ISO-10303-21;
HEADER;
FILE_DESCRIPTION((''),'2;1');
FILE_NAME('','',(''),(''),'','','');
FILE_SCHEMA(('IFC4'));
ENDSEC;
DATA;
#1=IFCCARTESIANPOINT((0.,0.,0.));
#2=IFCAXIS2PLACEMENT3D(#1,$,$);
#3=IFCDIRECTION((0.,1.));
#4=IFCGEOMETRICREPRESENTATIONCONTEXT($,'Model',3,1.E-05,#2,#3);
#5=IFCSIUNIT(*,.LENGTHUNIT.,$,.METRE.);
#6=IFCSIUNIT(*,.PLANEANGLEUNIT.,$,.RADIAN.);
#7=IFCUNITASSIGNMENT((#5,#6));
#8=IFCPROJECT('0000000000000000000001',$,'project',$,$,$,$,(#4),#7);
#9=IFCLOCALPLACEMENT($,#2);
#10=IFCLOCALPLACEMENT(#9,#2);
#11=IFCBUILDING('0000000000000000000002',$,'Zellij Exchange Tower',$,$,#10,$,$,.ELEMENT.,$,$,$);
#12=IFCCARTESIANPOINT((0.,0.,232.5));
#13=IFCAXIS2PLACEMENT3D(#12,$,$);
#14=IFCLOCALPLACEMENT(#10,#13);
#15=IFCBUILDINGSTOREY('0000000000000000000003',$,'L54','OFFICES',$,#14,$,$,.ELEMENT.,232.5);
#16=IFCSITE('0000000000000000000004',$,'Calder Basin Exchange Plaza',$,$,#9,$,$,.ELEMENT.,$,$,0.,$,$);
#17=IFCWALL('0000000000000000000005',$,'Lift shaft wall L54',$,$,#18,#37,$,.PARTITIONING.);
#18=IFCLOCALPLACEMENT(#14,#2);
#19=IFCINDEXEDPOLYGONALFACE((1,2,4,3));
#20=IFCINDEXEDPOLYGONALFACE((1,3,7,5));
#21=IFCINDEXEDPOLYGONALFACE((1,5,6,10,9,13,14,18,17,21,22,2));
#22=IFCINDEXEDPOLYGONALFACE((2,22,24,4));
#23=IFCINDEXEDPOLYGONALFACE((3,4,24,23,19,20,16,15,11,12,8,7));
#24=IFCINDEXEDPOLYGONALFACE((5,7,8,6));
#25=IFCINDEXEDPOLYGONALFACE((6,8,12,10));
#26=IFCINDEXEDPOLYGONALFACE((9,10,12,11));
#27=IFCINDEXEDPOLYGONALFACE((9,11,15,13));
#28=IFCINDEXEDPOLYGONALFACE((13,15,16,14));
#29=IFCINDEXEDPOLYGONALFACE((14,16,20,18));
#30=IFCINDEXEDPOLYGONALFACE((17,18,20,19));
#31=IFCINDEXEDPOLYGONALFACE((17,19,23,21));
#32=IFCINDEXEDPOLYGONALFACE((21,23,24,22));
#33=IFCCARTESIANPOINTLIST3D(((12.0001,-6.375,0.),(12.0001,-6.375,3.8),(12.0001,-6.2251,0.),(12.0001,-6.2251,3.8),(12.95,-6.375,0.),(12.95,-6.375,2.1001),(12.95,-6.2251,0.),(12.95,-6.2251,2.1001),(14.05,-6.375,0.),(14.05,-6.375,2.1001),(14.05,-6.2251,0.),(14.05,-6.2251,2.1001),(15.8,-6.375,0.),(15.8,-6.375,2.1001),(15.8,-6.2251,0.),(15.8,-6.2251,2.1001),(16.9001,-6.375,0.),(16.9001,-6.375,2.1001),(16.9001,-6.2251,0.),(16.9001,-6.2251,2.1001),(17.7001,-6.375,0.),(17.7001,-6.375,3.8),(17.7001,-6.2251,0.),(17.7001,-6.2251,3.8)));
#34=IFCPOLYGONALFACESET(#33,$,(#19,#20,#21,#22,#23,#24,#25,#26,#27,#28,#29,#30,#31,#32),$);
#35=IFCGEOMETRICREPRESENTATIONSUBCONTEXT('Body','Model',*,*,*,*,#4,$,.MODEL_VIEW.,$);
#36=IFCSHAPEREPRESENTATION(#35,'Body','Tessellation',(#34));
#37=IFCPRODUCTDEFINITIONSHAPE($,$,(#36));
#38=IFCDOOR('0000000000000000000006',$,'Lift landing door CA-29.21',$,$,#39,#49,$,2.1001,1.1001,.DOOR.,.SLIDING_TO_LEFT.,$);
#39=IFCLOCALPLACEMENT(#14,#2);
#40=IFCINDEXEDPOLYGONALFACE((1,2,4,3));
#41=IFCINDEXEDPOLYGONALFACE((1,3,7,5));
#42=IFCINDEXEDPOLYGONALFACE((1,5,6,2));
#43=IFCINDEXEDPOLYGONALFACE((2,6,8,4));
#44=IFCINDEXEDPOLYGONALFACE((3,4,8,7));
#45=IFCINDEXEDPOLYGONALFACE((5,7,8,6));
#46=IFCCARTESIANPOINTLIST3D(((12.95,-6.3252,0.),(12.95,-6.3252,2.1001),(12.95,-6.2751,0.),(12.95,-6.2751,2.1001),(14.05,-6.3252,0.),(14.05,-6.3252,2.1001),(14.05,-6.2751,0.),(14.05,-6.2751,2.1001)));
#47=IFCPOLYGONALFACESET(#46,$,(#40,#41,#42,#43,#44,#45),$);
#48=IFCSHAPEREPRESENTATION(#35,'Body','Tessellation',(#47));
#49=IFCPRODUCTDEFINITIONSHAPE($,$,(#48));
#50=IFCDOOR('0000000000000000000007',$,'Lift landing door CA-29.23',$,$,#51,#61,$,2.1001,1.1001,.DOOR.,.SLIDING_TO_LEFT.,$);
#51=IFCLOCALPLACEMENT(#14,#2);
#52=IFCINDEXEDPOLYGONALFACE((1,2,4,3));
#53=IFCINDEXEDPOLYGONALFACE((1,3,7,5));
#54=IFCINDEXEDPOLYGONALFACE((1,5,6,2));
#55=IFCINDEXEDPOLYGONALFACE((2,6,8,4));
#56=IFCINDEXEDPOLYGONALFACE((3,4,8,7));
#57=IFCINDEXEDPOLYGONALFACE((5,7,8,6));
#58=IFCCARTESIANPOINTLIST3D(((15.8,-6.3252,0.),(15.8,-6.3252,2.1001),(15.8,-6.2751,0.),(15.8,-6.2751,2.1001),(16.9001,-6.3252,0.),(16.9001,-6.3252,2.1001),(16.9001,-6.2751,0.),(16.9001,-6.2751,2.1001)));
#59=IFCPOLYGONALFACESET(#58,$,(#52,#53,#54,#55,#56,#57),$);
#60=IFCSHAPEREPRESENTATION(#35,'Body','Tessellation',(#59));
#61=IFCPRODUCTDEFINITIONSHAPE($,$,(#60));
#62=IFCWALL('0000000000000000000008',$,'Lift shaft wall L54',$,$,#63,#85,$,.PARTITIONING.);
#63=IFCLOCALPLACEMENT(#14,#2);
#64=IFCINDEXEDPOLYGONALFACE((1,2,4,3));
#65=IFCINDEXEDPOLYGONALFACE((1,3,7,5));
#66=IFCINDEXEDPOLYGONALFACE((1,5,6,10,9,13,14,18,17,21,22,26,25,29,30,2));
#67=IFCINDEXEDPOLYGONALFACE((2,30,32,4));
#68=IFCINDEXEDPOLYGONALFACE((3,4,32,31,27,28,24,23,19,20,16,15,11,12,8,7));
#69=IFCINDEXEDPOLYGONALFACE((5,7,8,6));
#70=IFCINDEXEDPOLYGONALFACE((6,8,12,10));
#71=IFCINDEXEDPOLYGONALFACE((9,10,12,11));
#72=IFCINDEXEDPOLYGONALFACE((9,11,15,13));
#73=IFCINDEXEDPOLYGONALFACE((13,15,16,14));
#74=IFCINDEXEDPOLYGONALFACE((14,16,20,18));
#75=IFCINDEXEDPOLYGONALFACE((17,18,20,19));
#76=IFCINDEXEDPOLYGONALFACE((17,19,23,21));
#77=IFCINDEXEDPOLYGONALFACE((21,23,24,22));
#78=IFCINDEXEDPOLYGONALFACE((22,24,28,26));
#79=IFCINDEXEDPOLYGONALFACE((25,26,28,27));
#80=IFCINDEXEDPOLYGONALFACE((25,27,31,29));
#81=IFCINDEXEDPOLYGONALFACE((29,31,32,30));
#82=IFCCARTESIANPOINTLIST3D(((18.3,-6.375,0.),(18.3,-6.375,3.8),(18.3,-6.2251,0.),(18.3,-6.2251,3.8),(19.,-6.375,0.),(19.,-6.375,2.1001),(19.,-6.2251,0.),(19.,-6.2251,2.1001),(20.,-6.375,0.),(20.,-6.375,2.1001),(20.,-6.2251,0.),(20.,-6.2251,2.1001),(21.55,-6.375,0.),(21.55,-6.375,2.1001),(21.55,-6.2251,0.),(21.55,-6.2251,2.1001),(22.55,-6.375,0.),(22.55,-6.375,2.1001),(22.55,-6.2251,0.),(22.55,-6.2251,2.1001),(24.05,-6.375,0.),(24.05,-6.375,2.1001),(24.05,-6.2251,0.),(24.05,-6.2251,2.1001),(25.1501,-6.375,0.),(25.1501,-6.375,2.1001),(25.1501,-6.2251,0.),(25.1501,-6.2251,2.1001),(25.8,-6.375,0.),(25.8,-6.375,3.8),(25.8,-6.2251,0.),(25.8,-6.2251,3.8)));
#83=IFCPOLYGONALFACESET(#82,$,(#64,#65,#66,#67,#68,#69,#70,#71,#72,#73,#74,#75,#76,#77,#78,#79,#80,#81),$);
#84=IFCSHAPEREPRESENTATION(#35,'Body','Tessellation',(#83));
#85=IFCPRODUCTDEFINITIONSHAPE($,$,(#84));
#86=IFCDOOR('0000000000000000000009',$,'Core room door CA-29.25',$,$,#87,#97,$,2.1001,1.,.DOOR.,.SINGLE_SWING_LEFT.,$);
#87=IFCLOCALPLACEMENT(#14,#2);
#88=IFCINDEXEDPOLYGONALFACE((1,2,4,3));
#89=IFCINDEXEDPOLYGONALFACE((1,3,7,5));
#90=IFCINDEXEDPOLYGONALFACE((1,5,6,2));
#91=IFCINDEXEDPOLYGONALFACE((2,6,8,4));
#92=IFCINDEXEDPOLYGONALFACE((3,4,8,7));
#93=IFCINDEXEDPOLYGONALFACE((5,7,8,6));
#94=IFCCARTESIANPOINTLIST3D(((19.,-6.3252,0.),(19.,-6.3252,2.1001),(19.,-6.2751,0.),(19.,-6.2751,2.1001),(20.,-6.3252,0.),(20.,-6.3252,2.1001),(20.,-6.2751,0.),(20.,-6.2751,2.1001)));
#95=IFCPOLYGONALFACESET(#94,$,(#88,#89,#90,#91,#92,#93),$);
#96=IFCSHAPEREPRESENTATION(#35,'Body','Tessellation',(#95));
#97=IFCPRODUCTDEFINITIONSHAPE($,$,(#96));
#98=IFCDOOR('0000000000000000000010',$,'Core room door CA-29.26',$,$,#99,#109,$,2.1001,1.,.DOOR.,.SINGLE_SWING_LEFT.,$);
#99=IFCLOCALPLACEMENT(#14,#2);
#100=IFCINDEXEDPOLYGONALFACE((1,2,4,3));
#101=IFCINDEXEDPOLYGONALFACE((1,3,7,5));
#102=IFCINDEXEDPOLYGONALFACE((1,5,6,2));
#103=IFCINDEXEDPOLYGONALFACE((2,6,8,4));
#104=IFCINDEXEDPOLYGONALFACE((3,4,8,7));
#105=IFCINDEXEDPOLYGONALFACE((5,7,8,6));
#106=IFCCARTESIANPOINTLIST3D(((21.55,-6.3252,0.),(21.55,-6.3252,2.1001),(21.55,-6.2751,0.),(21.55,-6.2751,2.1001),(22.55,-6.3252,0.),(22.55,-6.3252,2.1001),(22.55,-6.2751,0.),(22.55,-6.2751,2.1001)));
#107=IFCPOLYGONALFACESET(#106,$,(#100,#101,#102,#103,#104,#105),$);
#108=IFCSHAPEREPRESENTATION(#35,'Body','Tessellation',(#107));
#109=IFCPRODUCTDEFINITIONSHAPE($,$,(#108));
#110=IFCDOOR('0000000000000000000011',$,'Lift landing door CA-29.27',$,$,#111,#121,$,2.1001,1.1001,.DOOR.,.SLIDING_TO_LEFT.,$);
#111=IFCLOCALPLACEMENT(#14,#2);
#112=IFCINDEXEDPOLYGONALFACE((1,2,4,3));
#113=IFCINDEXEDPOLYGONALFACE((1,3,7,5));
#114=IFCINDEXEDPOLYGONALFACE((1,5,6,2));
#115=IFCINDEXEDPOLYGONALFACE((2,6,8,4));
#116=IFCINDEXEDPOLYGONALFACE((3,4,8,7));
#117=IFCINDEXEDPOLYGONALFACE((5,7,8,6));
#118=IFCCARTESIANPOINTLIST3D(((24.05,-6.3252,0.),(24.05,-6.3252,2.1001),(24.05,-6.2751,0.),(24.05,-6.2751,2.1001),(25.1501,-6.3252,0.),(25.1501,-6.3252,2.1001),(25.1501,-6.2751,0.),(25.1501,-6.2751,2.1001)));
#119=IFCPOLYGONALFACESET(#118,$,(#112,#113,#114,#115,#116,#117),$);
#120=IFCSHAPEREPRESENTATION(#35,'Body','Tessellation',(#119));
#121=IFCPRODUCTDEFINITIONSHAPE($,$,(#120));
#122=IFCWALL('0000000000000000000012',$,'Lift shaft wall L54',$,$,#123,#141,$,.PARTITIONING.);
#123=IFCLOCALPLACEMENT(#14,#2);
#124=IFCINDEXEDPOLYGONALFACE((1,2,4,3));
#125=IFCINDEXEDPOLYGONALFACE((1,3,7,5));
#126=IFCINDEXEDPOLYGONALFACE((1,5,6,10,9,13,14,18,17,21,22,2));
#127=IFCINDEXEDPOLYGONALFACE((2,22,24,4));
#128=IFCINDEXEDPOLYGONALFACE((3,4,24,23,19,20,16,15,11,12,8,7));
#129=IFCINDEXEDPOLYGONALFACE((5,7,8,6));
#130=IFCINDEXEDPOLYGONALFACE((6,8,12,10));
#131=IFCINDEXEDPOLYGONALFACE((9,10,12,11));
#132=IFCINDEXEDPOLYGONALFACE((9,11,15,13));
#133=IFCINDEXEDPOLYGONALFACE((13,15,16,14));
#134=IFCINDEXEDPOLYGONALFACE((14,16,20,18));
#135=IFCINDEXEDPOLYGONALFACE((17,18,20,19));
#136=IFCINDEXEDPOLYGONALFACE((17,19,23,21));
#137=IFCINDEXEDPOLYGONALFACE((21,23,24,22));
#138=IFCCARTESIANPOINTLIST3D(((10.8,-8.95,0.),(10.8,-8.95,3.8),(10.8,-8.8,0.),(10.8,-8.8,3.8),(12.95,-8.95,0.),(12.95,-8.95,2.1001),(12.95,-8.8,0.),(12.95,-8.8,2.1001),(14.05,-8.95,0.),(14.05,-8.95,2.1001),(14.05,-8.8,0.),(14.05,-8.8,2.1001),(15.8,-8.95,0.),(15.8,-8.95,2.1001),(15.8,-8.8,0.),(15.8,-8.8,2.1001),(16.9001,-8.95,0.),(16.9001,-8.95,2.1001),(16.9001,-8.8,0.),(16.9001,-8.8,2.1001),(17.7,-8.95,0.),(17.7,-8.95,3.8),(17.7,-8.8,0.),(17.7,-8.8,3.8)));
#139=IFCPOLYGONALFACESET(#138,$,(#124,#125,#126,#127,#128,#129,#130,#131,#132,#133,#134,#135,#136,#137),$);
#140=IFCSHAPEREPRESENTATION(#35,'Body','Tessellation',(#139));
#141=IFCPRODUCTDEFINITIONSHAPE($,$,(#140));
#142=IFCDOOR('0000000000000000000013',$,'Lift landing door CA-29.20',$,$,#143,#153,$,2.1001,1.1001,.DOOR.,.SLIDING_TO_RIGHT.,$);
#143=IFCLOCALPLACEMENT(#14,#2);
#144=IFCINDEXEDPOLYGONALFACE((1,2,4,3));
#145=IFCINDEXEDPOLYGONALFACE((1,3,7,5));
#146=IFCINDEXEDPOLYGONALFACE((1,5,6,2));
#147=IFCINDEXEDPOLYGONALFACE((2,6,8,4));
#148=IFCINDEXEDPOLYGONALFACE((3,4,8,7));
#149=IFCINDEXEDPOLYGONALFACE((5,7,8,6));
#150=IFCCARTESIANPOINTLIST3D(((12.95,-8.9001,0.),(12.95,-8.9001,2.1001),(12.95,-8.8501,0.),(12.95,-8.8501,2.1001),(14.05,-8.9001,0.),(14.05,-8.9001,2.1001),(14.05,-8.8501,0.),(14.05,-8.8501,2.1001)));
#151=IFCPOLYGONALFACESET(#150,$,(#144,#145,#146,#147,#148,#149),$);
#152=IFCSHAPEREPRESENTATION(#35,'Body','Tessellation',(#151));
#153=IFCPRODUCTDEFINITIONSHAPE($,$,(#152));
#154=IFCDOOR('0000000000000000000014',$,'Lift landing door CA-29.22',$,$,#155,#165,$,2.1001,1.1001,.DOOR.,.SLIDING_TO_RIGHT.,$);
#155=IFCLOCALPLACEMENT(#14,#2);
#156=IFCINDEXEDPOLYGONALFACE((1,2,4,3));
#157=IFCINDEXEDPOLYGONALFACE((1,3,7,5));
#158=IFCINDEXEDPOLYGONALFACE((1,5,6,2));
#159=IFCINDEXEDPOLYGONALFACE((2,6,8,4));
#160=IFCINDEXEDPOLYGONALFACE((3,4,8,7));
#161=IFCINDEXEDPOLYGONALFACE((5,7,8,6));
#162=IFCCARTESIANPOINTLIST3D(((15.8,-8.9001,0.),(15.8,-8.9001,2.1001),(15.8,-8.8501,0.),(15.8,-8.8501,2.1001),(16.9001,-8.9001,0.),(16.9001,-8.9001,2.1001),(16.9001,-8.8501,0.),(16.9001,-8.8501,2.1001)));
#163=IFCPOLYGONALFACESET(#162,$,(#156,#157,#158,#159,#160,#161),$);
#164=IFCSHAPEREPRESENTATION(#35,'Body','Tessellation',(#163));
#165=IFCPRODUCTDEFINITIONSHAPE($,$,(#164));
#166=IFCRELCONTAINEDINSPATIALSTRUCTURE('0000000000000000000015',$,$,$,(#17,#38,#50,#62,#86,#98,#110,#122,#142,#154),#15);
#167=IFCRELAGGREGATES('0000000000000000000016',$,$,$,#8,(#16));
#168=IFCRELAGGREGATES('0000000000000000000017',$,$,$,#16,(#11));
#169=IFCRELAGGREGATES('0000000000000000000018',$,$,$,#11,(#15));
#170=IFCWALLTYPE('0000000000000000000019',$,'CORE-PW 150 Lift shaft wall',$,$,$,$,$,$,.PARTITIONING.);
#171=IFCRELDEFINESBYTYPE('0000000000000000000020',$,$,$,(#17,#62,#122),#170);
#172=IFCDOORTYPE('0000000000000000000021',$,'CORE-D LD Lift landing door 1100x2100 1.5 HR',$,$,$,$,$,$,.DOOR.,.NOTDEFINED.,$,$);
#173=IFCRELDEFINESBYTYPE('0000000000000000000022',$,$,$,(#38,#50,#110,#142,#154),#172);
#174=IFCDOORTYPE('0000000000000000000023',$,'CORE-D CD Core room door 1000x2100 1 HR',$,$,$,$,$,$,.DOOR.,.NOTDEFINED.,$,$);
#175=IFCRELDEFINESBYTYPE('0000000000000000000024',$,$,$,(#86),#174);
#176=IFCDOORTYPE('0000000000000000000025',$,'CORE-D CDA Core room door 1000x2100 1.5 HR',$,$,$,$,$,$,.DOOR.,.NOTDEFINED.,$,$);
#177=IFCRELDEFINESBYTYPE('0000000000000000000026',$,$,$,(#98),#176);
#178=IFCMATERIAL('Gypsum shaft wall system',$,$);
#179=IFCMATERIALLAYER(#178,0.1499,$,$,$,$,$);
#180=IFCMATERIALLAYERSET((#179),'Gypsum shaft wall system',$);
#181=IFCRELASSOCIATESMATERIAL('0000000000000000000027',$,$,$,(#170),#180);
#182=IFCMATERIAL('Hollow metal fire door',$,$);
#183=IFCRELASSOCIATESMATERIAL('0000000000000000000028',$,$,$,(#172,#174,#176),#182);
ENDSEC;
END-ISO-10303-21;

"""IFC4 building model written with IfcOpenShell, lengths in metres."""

from ifc_helpers import new_model, si_unit, direction, frame, frame_2d, origin, place, context, subcontext, project, spatial, rectangle, extrude, material, layer, layer_set, type_object, element, fill, save


model = new_model("IFC4")

# Units and contexts
model_context = context("Model", 3, precision=1e-05, world=origin(), true_north=direction((0.0, 1.0)))
body_context = subcontext(model_context, "Body", "Model", "MODEL_VIEW")
ifc_project = project(units=[si_unit("LENGTHUNIT", "METRE"), si_unit("PLANEANGLEUNIT", "RADIAN")], contexts=[model_context])

# Site, building, storey
site_placement = place(None, origin())
site = spatial("IfcSite", under=ifc_project, at=site_placement, Name="Calder Basin Exchange Plaza", CompositionType="ELEMENT", RefElevation=0.0)
building_placement = place(site_placement, origin())
building = spatial("IfcBuilding", under=site, at=building_placement, Name="Zellij Exchange Tower", CompositionType="ELEMENT")
storey_placement = place(building_placement, frame((0.0, 0.0, 232.5)))
storey = spatial("IfcBuildingStorey", under=building, at=storey_placement, Name="L54", Description="OFFICES", CompositionType="ELEMENT", Elevation=232.5)

# Shared definitions
ifc_material_1 = material(Name="Hollow metal fire door")

# Shared definitions
ifc_material_2 = material(Name="Gypsum shaft wall system")
ifc_layer_1 = layer(ifc_material_2, 0.1499)
ifc_layer_set_1 = layer_set([ifc_layer_1], Name="Gypsum shaft wall system")
wall_type_1 = type_object("IfcWallType", Name="CORE-PW 150 Lift shaft wall", PredefinedType="PARTITIONING", material=ifc_layer_set_1)

# Walls, openings, doors
wall_1_placement = place(storey_placement, frame((12.0, -6.3, 0.0), z_axis=(0.0, 0.0, 1.0), x_axis=(1.0, 0.0, 0.0)))
wall_1 = element("IfcWall", 1, at=wall_1_placement, inside=storey, type_object=wall_type_1, Name="Lift shaft wall L54", PredefinedType="PARTITIONING", context=body_context, shape_type="SweptSolid", body=[
    extrude(rectangle(XDim=5.7, YDim=0.1499, at=frame_2d((2.8501, 0.0))), origin(), (0.0, 0.0, 1.0), 3.8),
])
opening_1_placement = place(wall_1_placement, frame((0.95, 0.0, 0.0)))
opening_1 = element("IfcOpeningElement", 2, at=opening_1_placement, cuts=wall_1, PredefinedType="OPENING", context=body_context, shape_type="SweptSolid", body=[
    extrude(rectangle(XDim=1.1001, YDim=2.1001, at=frame_2d((0.55, 1.05))), frame((0.0, 0.0869, 0.0), z_axis=(0.0, -1.0, 0.0), x_axis=(1.0, 0.0, 0.0)), (0.0, 0.0, 1.0), 0.1738),
])
opening_2_placement = place(wall_1_placement, frame((3.8, 0.0, 0.0)))
opening_2 = element("IfcOpeningElement", 3, at=opening_2_placement, cuts=wall_1, PredefinedType="OPENING", context=body_context, shape_type="SweptSolid", body=[
    extrude(rectangle(XDim=1.1001, YDim=2.1001, at=frame_2d((0.55, 1.05))), frame((0.0, 0.0869, 0.0), z_axis=(0.0, -1.0, 0.0), x_axis=(1.0, 0.0, 0.0)), (0.0, 0.0, 1.0), 0.1738),
])
door_type_1 = type_object("IfcDoorType", Name="CORE-D LD Lift landing door 1100x2100 1.5 HR", OperationType="NOTDEFINED", PredefinedType="DOOR", material=ifc_material_1)
door_1_placement = place(opening_1_placement, origin())
door_1 = element("IfcDoor", 4, at=door_1_placement, inside=storey, type_object=door_type_1, Name="Lift landing door CA-29.21", OperationType="SLIDING_TO_LEFT", OverallHeight=2.1001, OverallWidth=1.1001, PredefinedType="DOOR", context=body_context, shape_type="SweptSolid", body=[
    extrude(rectangle(XDim=1.1001, YDim=2.1001, at=frame_2d((0.55, 1.05))), frame((0.0, 0.0249, 0.0), z_axis=(0.0, -1.0, 0.0), x_axis=(1.0, 0.0, 0.0)), (0.0, 0.0, 1.0), 0.05),
])
fill(opening_1, door_1)
door_2_placement = place(opening_2_placement, origin())
door_2 = element("IfcDoor", 5, at=door_2_placement, inside=storey, type_object=door_type_1, Name="Lift landing door CA-29.23", OperationType="SLIDING_TO_LEFT", OverallHeight=2.1001, OverallWidth=1.1001, PredefinedType="DOOR", context=body_context, shape_type="SweptSolid", body=[
    extrude(rectangle(XDim=1.1001, YDim=2.1001, at=frame_2d((0.55, 1.05))), frame((0.0, 0.0249, 0.0), z_axis=(0.0, -1.0, 0.0), x_axis=(1.0, 0.0, 0.0)), (0.0, 0.0, 1.0), 0.05),
])
fill(opening_2, door_2)
wall_2_placement = place(storey_placement, frame((18.3, -6.3, 0.0), z_axis=(0.0, 0.0, 1.0), x_axis=(1.0, 0.0, 0.0)))
wall_2 = element("IfcWall", 6, at=wall_2_placement, inside=storey, type_object=wall_type_1, Name="Lift shaft wall L54", PredefinedType="PARTITIONING", context=body_context, shape_type="SweptSolid", body=[
    extrude(rectangle(XDim=7.5, YDim=0.1499, at=frame_2d((3.75, 0.0))), origin(), (0.0, 0.0, 1.0), 3.8),
])
opening_3_placement = place(wall_2_placement, frame((0.7, 0.0, 0.0)))
opening_3 = element("IfcOpeningElement", 7, at=opening_3_placement, cuts=wall_2, PredefinedType="OPENING", context=body_context, shape_type="SweptSolid", body=[
    extrude(rectangle(XDim=1.0, YDim=2.1001, at=frame_2d((0.5, 1.05))), frame((0.0, 0.0869, 0.0), z_axis=(0.0, -1.0, 0.0), x_axis=(1.0, 0.0, 0.0)), (0.0, 0.0, 1.0), 0.1738),
])
opening_4_placement = place(wall_2_placement, frame((3.25, 0.0, 0.0)))
opening_4 = element("IfcOpeningElement", 8, at=opening_4_placement, cuts=wall_2, PredefinedType="OPENING", context=body_context, shape_type="SweptSolid", body=[
    extrude(rectangle(XDim=1.0, YDim=2.1001, at=frame_2d((0.5, 1.05))), frame((0.0, 0.0869, 0.0), z_axis=(0.0, -1.0, 0.0), x_axis=(1.0, 0.0, 0.0)), (0.0, 0.0, 1.0), 0.1738),
])
opening_5_placement = place(wall_2_placement, frame((5.75, 0.0, 0.0)))
opening_5 = element("IfcOpeningElement", 9, at=opening_5_placement, cuts=wall_2, PredefinedType="OPENING", context=body_context, shape_type="SweptSolid", body=[
    extrude(rectangle(XDim=1.1001, YDim=2.1001, at=frame_2d((0.55, 1.05))), frame((0.0, 0.0869, 0.0), z_axis=(0.0, -1.0, 0.0), x_axis=(1.0, 0.0, 0.0)), (0.0, 0.0, 1.0), 0.1738),
])
door_type_2 = type_object("IfcDoorType", Name="CORE-D CD Core room door 1000x2100 1 HR", OperationType="NOTDEFINED", PredefinedType="DOOR", material=ifc_material_1)
door_3_placement = place(opening_3_placement, origin())
door_3 = element("IfcDoor", 10, at=door_3_placement, inside=storey, type_object=door_type_2, Name="Core room door CA-29.25", OperationType="SINGLE_SWING_LEFT", OverallHeight=2.1001, OverallWidth=1.0, PredefinedType="DOOR", context=body_context, shape_type="SweptSolid", body=[
    extrude(rectangle(XDim=1.0, YDim=2.1001, at=frame_2d((0.5, 1.05))), frame((0.0, 0.0249, 0.0), z_axis=(0.0, -1.0, 0.0), x_axis=(1.0, 0.0, 0.0)), (0.0, 0.0, 1.0), 0.05),
])
fill(opening_3, door_3)
door_type_3 = type_object("IfcDoorType", Name="CORE-D CDA Core room door 1000x2100 1.5 HR", OperationType="NOTDEFINED", PredefinedType="DOOR", material=ifc_material_1)
door_4_placement = place(opening_4_placement, origin())
door_4 = element("IfcDoor", 11, at=door_4_placement, inside=storey, type_object=door_type_3, Name="Core room door CA-29.26", OperationType="SINGLE_SWING_LEFT", OverallHeight=2.1001, OverallWidth=1.0, PredefinedType="DOOR", context=body_context, shape_type="SweptSolid", body=[
    extrude(rectangle(XDim=1.0, YDim=2.1001, at=frame_2d((0.5, 1.05))), frame((0.0, 0.0249, 0.0), z_axis=(0.0, -1.0, 0.0), x_axis=(1.0, 0.0, 0.0)), (0.0, 0.0, 1.0), 0.05),
])
fill(opening_4, door_4)
door_5_placement = place(opening_5_placement, origin())
door_5 = element("IfcDoor", 12, at=door_5_placement, inside=storey, type_object=door_type_1, Name="Lift landing door CA-29.27", OperationType="SLIDING_TO_LEFT", OverallHeight=2.1001, OverallWidth=1.1001, PredefinedType="DOOR", context=body_context, shape_type="SweptSolid", body=[
    extrude(rectangle(XDim=1.1001, YDim=2.1001, at=frame_2d((0.55, 1.05))), frame((0.0, 0.0249, 0.0), z_axis=(0.0, -1.0, 0.0), x_axis=(1.0, 0.0, 0.0)), (0.0, 0.0, 1.0), 0.05),
])
fill(opening_5, door_5)
wall_3_placement = place(storey_placement, frame((10.8, -8.875, 0.0), z_axis=(0.0, 0.0, 1.0), x_axis=(1.0, 0.0, 0.0)))
wall_3 = element("IfcWall", 13, at=wall_3_placement, inside=storey, type_object=wall_type_1, Name="Lift shaft wall L54", PredefinedType="PARTITIONING", context=body_context, shape_type="SweptSolid", body=[
    extrude(rectangle(XDim=6.8999, YDim=0.1499, at=frame_2d((3.45, 0.0))), origin(), (0.0, 0.0, 1.0), 3.8),
])
opening_6_placement = place(wall_3_placement, frame((2.1499, 0.0, 0.0)))
opening_6 = element("IfcOpeningElement", 14, at=opening_6_placement, cuts=wall_3, PredefinedType="OPENING", context=body_context, shape_type="SweptSolid", body=[
    extrude(rectangle(XDim=1.1001, YDim=2.1001, at=frame_2d((0.55, 1.05))), frame((0.0, 0.0869, 0.0), z_axis=(0.0, -1.0, 0.0), x_axis=(1.0, 0.0, 0.0)), (0.0, 0.0, 1.0), 0.1738),
])
opening_7_placement = place(wall_3_placement, frame((5.0, 0.0, 0.0)))
opening_7 = element("IfcOpeningElement", 15, at=opening_7_placement, cuts=wall_3, PredefinedType="OPENING", context=body_context, shape_type="SweptSolid", body=[
    extrude(rectangle(XDim=1.1001, YDim=2.1001, at=frame_2d((0.55, 1.05))), frame((0.0, 0.0869, 0.0), z_axis=(0.0, -1.0, 0.0), x_axis=(1.0, 0.0, 0.0)), (0.0, 0.0, 1.0), 0.1738),
])
door_6_placement = place(opening_6_placement, origin())
door_6 = element("IfcDoor", 16, at=door_6_placement, inside=storey, type_object=door_type_1, Name="Lift landing door CA-29.20", OperationType="SLIDING_TO_RIGHT", OverallHeight=2.1001, OverallWidth=1.1001, PredefinedType="DOOR", context=body_context, shape_type="SweptSolid", body=[
    extrude(rectangle(XDim=1.1001, YDim=2.1001, at=frame_2d((0.55, 1.05))), frame((0.0, 0.0249, 0.0), z_axis=(0.0, -1.0, 0.0), x_axis=(1.0, 0.0, 0.0)), (0.0, 0.0, 1.0), 0.05),
])
fill(opening_6, door_6)
door_7_placement = place(opening_7_placement, origin())
door_7 = element("IfcDoor", 17, at=door_7_placement, inside=storey, type_object=door_type_1, Name="Lift landing door CA-29.22", OperationType="SLIDING_TO_RIGHT", OverallHeight=2.1001, OverallWidth=1.1001, PredefinedType="DOOR", context=body_context, shape_type="SweptSolid", body=[
    extrude(rectangle(XDim=1.1001, YDim=2.1001, at=frame_2d((0.55, 1.05))), frame((0.0, 0.0249, 0.0), z_axis=(0.0, -1.0, 0.0), x_axis=(1.0, 0.0, 0.0)), (0.0, 0.0, 1.0), 0.05),
])
fill(opening_7, door_7)

save(model, "model.ifc")
